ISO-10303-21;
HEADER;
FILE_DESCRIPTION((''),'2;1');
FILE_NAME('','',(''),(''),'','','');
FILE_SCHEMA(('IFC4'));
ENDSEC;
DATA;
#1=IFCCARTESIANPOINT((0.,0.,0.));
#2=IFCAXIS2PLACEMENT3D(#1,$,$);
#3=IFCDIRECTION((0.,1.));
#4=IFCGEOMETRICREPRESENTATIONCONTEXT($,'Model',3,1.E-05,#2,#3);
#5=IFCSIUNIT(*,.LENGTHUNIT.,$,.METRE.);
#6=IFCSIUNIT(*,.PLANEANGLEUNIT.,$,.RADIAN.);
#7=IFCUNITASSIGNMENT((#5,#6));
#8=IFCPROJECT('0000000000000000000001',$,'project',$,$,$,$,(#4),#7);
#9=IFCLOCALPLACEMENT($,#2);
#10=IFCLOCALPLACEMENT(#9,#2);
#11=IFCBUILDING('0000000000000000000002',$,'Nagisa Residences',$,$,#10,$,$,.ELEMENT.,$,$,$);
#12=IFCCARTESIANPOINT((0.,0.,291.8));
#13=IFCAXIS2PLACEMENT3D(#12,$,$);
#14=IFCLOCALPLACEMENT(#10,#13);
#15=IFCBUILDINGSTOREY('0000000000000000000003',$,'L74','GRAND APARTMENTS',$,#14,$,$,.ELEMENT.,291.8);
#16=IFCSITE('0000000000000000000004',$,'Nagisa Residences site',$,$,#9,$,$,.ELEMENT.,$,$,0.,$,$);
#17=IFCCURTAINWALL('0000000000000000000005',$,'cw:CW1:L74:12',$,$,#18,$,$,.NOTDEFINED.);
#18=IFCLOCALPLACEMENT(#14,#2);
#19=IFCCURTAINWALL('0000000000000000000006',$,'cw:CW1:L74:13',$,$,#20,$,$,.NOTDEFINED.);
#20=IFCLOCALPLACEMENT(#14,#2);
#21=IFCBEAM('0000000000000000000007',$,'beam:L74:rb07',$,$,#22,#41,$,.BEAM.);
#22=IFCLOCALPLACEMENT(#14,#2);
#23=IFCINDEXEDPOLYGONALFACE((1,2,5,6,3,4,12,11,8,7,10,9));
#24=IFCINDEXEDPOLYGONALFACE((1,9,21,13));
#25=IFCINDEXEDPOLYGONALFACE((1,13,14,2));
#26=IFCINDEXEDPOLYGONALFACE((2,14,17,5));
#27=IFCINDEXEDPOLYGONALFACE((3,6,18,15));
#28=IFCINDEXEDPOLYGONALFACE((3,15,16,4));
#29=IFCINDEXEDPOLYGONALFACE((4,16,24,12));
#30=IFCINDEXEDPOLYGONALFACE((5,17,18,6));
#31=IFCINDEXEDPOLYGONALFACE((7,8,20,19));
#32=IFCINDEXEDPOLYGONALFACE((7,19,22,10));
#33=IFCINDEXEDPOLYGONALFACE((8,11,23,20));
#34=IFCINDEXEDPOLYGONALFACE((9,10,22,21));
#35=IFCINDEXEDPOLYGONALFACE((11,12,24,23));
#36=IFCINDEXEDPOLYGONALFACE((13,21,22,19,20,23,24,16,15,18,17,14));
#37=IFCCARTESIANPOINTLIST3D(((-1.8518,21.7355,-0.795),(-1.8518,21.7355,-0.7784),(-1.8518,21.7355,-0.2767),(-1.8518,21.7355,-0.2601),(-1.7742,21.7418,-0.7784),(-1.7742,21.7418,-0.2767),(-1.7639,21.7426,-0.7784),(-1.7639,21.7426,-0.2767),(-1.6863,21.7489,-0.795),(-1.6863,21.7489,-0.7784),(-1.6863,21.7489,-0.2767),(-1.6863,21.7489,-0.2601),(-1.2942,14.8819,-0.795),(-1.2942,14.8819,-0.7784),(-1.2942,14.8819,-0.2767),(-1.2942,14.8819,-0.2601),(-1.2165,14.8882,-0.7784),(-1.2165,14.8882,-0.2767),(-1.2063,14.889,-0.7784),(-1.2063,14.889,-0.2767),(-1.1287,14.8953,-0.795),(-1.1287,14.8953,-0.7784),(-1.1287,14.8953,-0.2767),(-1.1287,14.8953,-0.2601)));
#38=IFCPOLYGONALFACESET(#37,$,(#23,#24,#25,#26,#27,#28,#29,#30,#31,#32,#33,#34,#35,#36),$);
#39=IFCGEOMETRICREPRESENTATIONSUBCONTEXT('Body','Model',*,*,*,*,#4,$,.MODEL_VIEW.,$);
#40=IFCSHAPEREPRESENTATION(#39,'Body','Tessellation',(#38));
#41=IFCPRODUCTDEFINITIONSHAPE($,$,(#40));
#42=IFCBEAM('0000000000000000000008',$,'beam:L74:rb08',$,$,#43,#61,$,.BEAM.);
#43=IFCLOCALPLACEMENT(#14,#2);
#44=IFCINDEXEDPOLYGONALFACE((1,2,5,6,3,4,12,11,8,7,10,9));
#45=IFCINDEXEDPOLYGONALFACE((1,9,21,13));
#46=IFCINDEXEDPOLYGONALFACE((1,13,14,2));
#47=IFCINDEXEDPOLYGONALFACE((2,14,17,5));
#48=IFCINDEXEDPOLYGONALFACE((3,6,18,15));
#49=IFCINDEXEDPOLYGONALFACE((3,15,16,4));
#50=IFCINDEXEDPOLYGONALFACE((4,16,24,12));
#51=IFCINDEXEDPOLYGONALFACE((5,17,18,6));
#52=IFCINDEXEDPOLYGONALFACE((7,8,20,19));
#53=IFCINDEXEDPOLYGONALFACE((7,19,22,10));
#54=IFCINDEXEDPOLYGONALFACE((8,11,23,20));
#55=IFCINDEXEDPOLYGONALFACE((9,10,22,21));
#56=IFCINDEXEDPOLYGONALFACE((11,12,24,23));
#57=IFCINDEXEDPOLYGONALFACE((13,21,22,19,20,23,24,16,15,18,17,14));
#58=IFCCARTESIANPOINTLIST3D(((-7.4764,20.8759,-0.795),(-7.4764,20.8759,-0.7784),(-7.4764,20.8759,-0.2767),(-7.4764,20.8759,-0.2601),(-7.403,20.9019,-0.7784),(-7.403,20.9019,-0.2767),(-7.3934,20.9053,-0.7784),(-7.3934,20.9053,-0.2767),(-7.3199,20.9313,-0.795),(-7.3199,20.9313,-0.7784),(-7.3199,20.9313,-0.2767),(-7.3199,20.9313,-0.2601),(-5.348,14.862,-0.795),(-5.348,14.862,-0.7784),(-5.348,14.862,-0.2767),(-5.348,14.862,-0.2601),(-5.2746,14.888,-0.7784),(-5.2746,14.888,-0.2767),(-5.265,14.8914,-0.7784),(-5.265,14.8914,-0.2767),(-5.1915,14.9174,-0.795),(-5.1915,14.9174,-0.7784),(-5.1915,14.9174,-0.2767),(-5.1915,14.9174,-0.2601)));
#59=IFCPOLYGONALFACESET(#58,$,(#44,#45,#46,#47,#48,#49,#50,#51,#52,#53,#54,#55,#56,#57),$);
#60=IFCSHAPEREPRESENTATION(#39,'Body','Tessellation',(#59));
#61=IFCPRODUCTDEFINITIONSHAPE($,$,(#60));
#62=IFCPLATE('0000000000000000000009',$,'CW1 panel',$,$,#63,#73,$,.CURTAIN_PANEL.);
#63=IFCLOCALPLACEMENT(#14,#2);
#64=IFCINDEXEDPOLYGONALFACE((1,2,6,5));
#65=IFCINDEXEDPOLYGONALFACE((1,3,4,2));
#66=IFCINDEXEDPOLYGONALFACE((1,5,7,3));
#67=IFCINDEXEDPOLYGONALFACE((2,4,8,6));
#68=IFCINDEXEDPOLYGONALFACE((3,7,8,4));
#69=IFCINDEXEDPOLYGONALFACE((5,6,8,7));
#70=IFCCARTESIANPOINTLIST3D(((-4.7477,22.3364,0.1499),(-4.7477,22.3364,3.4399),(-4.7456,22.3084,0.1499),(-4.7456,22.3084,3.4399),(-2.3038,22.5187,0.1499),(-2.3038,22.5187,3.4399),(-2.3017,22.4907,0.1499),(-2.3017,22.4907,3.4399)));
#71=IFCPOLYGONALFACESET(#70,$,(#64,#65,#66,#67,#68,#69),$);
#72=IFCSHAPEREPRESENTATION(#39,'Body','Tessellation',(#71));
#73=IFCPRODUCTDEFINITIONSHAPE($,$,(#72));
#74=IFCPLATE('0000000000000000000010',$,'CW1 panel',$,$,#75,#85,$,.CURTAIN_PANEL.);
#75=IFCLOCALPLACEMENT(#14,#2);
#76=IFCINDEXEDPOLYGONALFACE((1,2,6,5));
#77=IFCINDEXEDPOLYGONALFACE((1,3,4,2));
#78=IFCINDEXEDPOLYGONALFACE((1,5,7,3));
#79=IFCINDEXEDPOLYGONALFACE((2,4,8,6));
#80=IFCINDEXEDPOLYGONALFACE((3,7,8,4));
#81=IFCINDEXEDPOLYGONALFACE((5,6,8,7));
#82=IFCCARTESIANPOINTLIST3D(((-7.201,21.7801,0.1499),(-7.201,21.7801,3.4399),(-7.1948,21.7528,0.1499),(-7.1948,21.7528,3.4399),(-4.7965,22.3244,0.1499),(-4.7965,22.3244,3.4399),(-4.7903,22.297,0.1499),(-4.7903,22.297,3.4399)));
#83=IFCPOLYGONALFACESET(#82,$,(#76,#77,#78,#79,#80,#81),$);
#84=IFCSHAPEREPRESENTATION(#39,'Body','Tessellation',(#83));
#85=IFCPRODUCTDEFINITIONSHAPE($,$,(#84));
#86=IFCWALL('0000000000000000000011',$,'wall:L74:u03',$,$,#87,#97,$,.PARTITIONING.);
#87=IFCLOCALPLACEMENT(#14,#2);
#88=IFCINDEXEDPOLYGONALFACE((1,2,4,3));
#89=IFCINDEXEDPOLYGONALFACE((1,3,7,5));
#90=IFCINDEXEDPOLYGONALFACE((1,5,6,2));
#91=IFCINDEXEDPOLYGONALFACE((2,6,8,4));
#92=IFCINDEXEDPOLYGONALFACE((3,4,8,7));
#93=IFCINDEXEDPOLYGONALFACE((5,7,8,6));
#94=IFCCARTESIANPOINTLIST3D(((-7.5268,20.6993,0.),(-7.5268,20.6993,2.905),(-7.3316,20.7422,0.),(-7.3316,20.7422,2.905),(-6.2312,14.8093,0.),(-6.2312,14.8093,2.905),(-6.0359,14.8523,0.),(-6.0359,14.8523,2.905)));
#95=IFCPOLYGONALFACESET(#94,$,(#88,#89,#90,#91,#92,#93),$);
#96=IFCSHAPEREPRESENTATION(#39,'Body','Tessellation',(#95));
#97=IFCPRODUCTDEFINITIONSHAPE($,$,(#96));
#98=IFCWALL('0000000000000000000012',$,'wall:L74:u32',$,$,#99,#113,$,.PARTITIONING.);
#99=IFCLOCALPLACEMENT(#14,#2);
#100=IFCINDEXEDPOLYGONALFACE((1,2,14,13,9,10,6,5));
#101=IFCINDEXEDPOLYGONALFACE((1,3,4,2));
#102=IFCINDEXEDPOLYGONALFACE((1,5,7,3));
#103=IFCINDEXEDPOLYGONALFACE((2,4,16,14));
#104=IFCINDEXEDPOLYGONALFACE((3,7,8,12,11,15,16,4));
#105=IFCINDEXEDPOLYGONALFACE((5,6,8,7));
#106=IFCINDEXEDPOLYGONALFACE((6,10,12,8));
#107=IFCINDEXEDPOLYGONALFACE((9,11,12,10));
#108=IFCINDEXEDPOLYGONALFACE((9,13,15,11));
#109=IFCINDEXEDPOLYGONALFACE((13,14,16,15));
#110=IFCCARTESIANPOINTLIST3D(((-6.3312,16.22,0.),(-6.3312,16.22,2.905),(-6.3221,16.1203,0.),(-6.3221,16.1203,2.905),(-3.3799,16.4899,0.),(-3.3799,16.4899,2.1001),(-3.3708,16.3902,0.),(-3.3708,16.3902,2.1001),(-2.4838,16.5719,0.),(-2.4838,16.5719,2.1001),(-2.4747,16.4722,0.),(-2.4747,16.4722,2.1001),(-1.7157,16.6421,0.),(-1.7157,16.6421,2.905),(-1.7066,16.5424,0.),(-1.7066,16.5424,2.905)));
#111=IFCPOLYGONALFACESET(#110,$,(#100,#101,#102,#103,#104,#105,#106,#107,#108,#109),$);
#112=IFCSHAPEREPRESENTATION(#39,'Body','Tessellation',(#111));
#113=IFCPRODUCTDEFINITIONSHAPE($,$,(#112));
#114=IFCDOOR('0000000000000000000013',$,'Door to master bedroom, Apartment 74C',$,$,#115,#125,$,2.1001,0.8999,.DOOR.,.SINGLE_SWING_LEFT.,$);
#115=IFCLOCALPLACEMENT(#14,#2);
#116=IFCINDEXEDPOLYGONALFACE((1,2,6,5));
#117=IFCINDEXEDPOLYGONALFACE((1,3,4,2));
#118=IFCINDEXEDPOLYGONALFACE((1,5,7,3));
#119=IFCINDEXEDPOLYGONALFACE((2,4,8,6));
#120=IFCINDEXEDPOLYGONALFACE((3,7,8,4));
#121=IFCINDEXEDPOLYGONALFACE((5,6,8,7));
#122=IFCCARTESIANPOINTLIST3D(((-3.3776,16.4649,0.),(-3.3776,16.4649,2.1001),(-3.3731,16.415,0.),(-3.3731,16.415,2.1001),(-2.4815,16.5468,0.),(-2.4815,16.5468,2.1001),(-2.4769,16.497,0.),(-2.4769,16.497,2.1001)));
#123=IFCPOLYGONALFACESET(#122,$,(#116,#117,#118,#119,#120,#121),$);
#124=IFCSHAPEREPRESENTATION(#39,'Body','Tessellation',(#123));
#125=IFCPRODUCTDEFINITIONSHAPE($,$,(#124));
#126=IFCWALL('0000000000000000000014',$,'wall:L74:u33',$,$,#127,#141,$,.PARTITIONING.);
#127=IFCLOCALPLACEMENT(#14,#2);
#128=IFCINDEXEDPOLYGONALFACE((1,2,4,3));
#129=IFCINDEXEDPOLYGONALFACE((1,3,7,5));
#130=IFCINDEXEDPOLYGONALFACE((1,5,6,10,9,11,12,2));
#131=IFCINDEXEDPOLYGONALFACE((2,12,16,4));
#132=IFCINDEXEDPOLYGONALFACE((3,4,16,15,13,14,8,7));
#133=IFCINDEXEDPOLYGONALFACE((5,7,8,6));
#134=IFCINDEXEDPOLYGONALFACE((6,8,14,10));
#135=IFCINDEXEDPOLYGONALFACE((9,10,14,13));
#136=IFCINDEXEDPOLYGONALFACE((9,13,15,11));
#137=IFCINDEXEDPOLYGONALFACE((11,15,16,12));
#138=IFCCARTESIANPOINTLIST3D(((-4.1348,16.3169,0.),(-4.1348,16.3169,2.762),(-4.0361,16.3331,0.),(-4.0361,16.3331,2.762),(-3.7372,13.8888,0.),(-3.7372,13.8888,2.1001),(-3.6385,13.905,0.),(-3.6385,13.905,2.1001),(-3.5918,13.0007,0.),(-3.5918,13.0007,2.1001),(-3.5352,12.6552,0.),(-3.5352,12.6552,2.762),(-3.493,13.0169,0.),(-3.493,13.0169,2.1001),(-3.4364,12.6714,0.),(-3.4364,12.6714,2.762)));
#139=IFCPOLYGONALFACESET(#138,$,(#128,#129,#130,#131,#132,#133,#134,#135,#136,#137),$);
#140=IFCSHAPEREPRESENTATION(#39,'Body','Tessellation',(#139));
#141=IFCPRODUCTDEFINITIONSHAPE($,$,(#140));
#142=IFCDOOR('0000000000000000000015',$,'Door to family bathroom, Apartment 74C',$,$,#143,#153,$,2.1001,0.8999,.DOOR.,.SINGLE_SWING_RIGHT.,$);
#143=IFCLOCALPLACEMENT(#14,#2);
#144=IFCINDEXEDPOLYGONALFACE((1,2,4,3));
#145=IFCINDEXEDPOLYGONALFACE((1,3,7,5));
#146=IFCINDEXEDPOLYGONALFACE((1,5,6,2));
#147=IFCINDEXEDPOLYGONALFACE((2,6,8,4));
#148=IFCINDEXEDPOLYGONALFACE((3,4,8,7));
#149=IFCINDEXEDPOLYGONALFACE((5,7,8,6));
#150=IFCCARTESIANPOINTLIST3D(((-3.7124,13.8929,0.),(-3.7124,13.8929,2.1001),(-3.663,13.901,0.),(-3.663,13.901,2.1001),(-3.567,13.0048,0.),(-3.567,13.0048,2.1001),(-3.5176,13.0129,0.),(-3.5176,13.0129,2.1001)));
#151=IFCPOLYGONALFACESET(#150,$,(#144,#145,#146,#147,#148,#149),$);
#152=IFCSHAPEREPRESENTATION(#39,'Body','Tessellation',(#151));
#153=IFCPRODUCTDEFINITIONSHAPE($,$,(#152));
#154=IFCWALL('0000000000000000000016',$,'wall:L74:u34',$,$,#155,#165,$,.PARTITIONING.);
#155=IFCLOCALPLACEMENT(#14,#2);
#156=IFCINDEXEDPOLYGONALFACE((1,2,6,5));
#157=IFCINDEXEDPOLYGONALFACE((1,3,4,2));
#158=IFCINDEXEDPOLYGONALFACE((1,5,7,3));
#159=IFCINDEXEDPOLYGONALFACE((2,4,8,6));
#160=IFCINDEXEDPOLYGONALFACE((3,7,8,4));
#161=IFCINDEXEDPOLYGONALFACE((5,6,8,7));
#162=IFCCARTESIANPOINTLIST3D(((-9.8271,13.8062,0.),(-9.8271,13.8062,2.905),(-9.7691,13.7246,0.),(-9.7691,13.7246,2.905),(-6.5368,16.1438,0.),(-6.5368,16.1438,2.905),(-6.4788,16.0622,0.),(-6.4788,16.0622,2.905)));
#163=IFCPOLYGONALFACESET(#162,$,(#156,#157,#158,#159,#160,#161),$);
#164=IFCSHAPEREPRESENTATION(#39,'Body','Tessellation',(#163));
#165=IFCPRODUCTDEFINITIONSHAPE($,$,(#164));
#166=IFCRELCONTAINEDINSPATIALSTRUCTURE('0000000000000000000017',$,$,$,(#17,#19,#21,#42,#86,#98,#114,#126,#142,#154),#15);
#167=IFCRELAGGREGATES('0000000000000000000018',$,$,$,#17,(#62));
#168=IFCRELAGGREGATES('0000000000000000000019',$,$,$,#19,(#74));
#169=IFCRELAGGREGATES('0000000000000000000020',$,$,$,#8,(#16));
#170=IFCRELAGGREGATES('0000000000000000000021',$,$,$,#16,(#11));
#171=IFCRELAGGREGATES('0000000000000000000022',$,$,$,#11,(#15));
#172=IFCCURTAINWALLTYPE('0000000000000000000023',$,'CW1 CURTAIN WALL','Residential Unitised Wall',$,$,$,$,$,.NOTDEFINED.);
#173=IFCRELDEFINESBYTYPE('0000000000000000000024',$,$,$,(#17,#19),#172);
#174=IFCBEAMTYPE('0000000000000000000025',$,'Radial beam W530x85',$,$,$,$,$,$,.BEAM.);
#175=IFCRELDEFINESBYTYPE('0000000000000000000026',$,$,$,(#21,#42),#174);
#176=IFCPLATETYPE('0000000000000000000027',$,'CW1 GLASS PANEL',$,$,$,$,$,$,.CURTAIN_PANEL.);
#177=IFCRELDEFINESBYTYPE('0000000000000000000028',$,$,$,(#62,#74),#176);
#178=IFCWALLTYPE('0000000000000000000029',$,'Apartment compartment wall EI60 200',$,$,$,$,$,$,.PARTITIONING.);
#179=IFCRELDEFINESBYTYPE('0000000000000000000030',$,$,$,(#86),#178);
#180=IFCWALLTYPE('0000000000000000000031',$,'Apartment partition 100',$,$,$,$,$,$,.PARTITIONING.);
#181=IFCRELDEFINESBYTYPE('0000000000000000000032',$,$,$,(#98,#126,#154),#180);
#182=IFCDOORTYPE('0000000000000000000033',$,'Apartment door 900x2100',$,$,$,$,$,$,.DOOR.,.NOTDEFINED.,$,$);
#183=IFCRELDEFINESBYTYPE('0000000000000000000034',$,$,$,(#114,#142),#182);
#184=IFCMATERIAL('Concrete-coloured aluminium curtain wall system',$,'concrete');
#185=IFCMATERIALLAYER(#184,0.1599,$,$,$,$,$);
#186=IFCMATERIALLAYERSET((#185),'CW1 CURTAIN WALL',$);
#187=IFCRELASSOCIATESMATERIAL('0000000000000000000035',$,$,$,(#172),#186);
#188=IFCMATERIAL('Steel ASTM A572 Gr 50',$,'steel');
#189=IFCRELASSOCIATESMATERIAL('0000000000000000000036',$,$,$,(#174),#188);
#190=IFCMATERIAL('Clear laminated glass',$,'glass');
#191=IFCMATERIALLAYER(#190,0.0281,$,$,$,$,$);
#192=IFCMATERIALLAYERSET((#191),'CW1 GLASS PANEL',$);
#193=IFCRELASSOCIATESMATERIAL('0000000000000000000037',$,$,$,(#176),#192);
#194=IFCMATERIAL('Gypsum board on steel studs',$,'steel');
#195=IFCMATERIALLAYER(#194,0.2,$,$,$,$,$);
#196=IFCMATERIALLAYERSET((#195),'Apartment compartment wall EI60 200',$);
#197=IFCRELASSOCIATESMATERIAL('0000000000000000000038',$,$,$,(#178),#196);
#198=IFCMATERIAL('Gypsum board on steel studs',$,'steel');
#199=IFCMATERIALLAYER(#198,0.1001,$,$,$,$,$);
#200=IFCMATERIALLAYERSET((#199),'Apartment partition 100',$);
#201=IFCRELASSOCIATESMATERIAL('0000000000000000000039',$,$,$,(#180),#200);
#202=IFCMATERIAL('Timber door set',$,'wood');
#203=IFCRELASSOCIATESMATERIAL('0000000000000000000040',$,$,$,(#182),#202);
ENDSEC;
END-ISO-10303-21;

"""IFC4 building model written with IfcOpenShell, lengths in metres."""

from ifc_helpers import new_model, si_unit, direction, frame, frame_2d, origin, origin_2d, place, context, subcontext, project, spatial, rectangle, i_section, extrude, material, layer, layer_set, material_profile, profile_set, type_object, element, fill, aggregate, save


model = new_model("IFC4")

# Units and contexts
model_context = context("Model", 3, precision=1e-05, world=origin(), true_north=direction((0.0, 1.0)))
body_context = subcontext(model_context, "Body", "Model", "MODEL_VIEW")
ifc_project = project(units=[si_unit("LENGTHUNIT", "METRE"), si_unit("PLANEANGLEUNIT", "RADIAN")], contexts=[model_context])

# Site, building, storey
site_placement = place(None, origin())
site = spatial("IfcSite", under=ifc_project, at=site_placement, Name="Nagisa Residences site", CompositionType="ELEMENT", RefElevation=0.0)
building_placement = place(site_placement, origin())
building = spatial("IfcBuilding", under=site, at=building_placement, Name="Nagisa Residences", CompositionType="ELEMENT")
storey_placement = place(building_placement, frame((0.0, 0.0, 291.8)))
storey = spatial("IfcBuildingStorey", under=building, at=storey_placement, Name="L74", Description="GRAND APARTMENTS", CompositionType="ELEMENT", Elevation=291.8)

# Curtain walls
ifc_material_1 = material(Name="Concrete-coloured aluminium curtain wall system", Category="concrete")
ifc_layer_1 = layer(ifc_material_1, 0.1599)
ifc_layer_set_1 = layer_set([ifc_layer_1], Name="CW1 CURTAIN WALL")
curtain_wall_type = type_object("IfcCurtainWallType", Name="CW1 CURTAIN WALL", Description="Residential Unitised Wall", PredefinedType="NOTDEFINED", material=ifc_layer_set_1)
curtain_wall_1_placement = place(storey_placement, origin())
curtain_wall_1 = element("IfcCurtainWall", 1, at=curtain_wall_1_placement, inside=storey, type_object=curtain_wall_type, Name="cw:CW1:L74:12", PredefinedType="NOTDEFINED")
curtain_wall_2_placement = place(storey_placement, origin())
curtain_wall_2 = element("IfcCurtainWall", 2, at=curtain_wall_2_placement, inside=storey, type_object=curtain_wall_type, Name="cw:CW1:L74:13", PredefinedType="NOTDEFINED")

# Beams
ifc_material_2 = material(Name="Steel ASTM A572 Gr 50", Category="steel")
ifc_material_profile_1 = material_profile(ifc_material_2, i_section(OverallWidth=0.166, OverallDepth=0.5349, WebThickness=0.0103, FlangeThickness=0.0166, at=origin_2d()), Name="W530x85")
ifc_profile_set_1 = profile_set([ifc_material_profile_1], Name="Steel ASTM A572 Gr 50")
beam_type_1 = type_object("IfcBeamType", Name="Radial beam W530x85", PredefinedType="BEAM", material=ifc_profile_set_1)
beam_1_placement = place(storey_placement, frame((-1.769, 21.7422, -0.5276), z_axis=(0.081094, -0.996706, 0.0), x_axis=(0.996706, 0.081094, 0.0)))
element("IfcBeam", 3, at=beam_1_placement, inside=storey, type_object=beam_type_1, Name="beam:L74:rb07", PredefinedType="BEAM", context=body_context, shape_type="SweptSolid", body=[
    extrude(i_section(OverallWidth=0.166, OverallDepth=0.5349, WebThickness=0.0103, FlangeThickness=0.0166, at=origin_2d()), origin(), (0.0, 0.0, 1.0), 6.8762),
])
beam_2_placement = place(storey_placement, frame((-7.3982, 20.9036, -0.5276), z_axis=(0.333637, -0.942702, 0.0), x_axis=(0.942702, 0.333637, 0.0)))
element("IfcBeam", 4, at=beam_2_placement, inside=storey, type_object=beam_type_1, Name="beam:L74:rb08", PredefinedType="BEAM", context=body_context, shape_type="SweptSolid", body=[
    extrude(i_section(OverallWidth=0.166, OverallDepth=0.5349, WebThickness=0.0103, FlangeThickness=0.0166, at=origin_2d()), origin(), (0.0, 0.0, 1.0), 6.3794),
])

# Plates
ifc_material_3 = material(Name="Clear laminated glass", Category="glass")
ifc_layer_2 = layer(ifc_material_3, 0.0281)
ifc_layer_set_2 = layer_set([ifc_layer_2], Name="CW1 GLASS PANEL")
plate_type = type_object("IfcPlateType", Name="CW1 GLASS PANEL", PredefinedType="CURTAIN_PANEL", material=ifc_layer_set_2)
plate_1_placement = place(storey_placement, frame((-3.5247, 22.4136, 0.1499), z_axis=(0.0, 0.0, 1.0), x_axis=(-0.99723, -0.074377, 0.0)))
plate_1 = element("IfcPlate", 5, at=plate_1_placement, type_object=plate_type, Name="CW1 panel", PredefinedType="CURTAIN_PANEL", context=body_context, shape_type="SweptSolid", body=[
    extrude(rectangle(XDim=2.4507, YDim=0.0281, at=origin_2d()), origin(), (0.0, 0.0, 1.0), 3.29),
])
aggregate(curtain_wall_1, [plate_1])
plate_2_placement = place(storey_placement, frame((-5.9956, 22.0386, 0.1499), z_axis=(0.0, 0.0, 1.0), x_axis=(-0.975327, -0.220764, 0.0)))
plate_2 = element("IfcPlate", 6, at=plate_2_placement, type_object=plate_type, Name="CW1 panel", PredefinedType="CURTAIN_PANEL", context=body_context, shape_type="SweptSolid", body=[
    extrude(rectangle(XDim=2.4653, YDim=0.0281, at=origin_2d()), origin(), (0.0, 0.0, 1.0), 3.29),
])
aggregate(curtain_wall_2, [plate_2])

# Wall
ifc_material_4 = material(Name="Gypsum board on steel studs", Category="steel")
ifc_layer_3 = layer(ifc_material_4, 0.2)
ifc_layer_set_3 = layer_set([ifc_layer_3], Name="Apartment compartment wall EI60 200")
wall_type_1 = type_object("IfcWallType", Name="Apartment compartment wall EI60 200", PredefinedType="PARTITIONING", material=ifc_layer_set_3)
wall_1_placement = place(storey_placement, frame((-6.1335, 14.8308, 0.0), z_axis=(0.0, 0.0, 1.0), x_axis=(-0.214842, 0.976649, 0.0)))
element("IfcWall", 7, at=wall_1_placement, inside=storey, type_object=wall_type_1, Name="wall:L74:u03", PredefinedType="PARTITIONING", context=body_context, shape_type="SweptSolid", body=[
    extrude(rectangle(XDim=6.0308, YDim=0.2, at=frame_2d((3.0154, 0.0))), origin(), (0.0, 0.0, 1.0), 2.905),
])

# Walls, openings, doors
ifc_material_5 = material(Name="Gypsum board on steel studs", Category="steel")
ifc_layer_4 = layer(ifc_material_5, 0.1001)
ifc_layer_set_4 = layer_set([ifc_layer_4], Name="Apartment partition 100")
wall_type_2 = type_object("IfcWallType", Name="Apartment partition 100", PredefinedType="PARTITIONING", material=ifc_layer_set_4)
wall_2_placement = place(storey_placement, frame((-1.7112, 16.5923, 0.0), z_axis=(0.0, 0.0, 1.0), x_axis=(-0.995844, -0.091077, 0.0)))
wall_2 = element("IfcWall", 8, at=wall_2_placement, inside=storey, type_object=wall_type_2, Name="wall:L74:u32", PredefinedType="PARTITIONING", context=body_context, shape_type="SweptSolid", body=[
    extrude(rectangle(XDim=4.6348, YDim=0.1001, at=frame_2d((2.3174, 0.0))), origin(), (0.0, 0.0, 1.0), 2.905),
])
opening_1_placement = place(wall_2_placement, frame((0.7712, 0.0, 0.0)))
opening_1 = element("IfcOpeningElement", 9, at=opening_1_placement, cuts=wall_2, PredefinedType="OPENING", context=body_context, shape_type="SweptSolid", body=[
    extrude(rectangle(XDim=0.8999, YDim=2.1001, at=frame_2d((0.45, 1.05))), frame((0.0, 0.0601, 0.0), z_axis=(0.0, -1.0, 0.0), x_axis=(1.0, 0.0, 0.0)), (0.0, 0.0, 1.0), 0.1201),
])
ifc_material_6 = material(Name="Timber door set", Category="wood")
door_type_1 = type_object("IfcDoorType", Name="Apartment door 900x2100", OperationType="NOTDEFINED", PredefinedType="DOOR", material=ifc_material_6)
door_1_placement = place(opening_1_placement, frame((0.8999, 0.0, 0.0), x_axis=(-1.0, 0.0, 0.0)))
door_1 = element("IfcDoor", 10, at=door_1_placement, inside=storey, type_object=door_type_1, Name="Door to master bedroom, Apartment 74C", OperationType="SINGLE_SWING_LEFT", OverallHeight=2.1001, OverallWidth=0.8999, PredefinedType="DOOR", context=body_context, shape_type="SweptSolid", body=[
    extrude(rectangle(XDim=0.8999, YDim=2.1001, at=frame_2d((0.45, 1.05))), frame((0.0, 0.0249, 0.0), z_axis=(0.0, -1.0, 0.0), x_axis=(1.0, 0.0, 0.0)), (0.0, 0.0, 1.0), 0.05),
])
fill(opening_1, door_1)
wall_3_placement = place(storey_placement, frame((-3.4858, 12.6633, 0.0), z_axis=(0.0, 0.0, 1.0), x_axis=(-0.161603, 0.986856, 0.0)))
wall_3 = element("IfcWall", 11, at=wall_3_placement, inside=storey, type_object=wall_type_2, Name="wall:L74:u33", PredefinedType="PARTITIONING", context=body_context, shape_type="SweptSolid", body=[
    extrude(rectangle(XDim=3.7104, YDim=0.1001, at=frame_2d((1.8552, 0.0))), origin(), (0.0, 0.0, 1.0), 2.762),
])
opening_2_placement = place(wall_3_placement, frame((0.3501, 0.0, 0.0)))
opening_2 = element("IfcOpeningElement", 12, at=opening_2_placement, cuts=wall_3, PredefinedType="OPENING", context=body_context, shape_type="SweptSolid", body=[
    extrude(rectangle(XDim=0.8999, YDim=2.1001, at=frame_2d((0.45, 1.05))), frame((0.0, 0.0601, 0.0), z_axis=(0.0, -1.0, 0.0), x_axis=(1.0, 0.0, 0.0)), (0.0, 0.0, 1.0), 0.1201),
])
door_2_placement = place(opening_2_placement, origin())
door_2 = element("IfcDoor", 13, at=door_2_placement, inside=storey, type_object=door_type_1, Name="Door to family bathroom, Apartment 74C", OperationType="SINGLE_SWING_RIGHT", OverallHeight=2.1001, OverallWidth=0.8999, PredefinedType="DOOR", context=body_context, shape_type="SweptSolid", body=[
    extrude(rectangle(XDim=0.8999, YDim=2.1001, at=frame_2d((0.45, 1.05))), frame((0.0, 0.0249, 0.0), z_axis=(0.0, -1.0, 0.0), x_axis=(1.0, 0.0, 0.0)), (0.0, 0.0, 1.0), 0.05),
])
fill(opening_2, door_2)

# Wall
wall_4_placement = place(storey_placement, frame((-6.5078, 16.103, 0.0), z_axis=(0.0, 0.0, 1.0), x_axis=(-0.815202, -0.579176, 0.0)))
element("IfcWall", 14, at=wall_4_placement, inside=storey, type_object=wall_type_2, Name="wall:L74:u34", PredefinedType="PARTITIONING", context=body_context, shape_type="SweptSolid", body=[
    extrude(rectangle(XDim=4.0361, YDim=0.1001, at=frame_2d((2.0181, 0.0))), origin(), (0.0, 0.0, 1.0), 2.905),
])

save(model, "model.ifc")
